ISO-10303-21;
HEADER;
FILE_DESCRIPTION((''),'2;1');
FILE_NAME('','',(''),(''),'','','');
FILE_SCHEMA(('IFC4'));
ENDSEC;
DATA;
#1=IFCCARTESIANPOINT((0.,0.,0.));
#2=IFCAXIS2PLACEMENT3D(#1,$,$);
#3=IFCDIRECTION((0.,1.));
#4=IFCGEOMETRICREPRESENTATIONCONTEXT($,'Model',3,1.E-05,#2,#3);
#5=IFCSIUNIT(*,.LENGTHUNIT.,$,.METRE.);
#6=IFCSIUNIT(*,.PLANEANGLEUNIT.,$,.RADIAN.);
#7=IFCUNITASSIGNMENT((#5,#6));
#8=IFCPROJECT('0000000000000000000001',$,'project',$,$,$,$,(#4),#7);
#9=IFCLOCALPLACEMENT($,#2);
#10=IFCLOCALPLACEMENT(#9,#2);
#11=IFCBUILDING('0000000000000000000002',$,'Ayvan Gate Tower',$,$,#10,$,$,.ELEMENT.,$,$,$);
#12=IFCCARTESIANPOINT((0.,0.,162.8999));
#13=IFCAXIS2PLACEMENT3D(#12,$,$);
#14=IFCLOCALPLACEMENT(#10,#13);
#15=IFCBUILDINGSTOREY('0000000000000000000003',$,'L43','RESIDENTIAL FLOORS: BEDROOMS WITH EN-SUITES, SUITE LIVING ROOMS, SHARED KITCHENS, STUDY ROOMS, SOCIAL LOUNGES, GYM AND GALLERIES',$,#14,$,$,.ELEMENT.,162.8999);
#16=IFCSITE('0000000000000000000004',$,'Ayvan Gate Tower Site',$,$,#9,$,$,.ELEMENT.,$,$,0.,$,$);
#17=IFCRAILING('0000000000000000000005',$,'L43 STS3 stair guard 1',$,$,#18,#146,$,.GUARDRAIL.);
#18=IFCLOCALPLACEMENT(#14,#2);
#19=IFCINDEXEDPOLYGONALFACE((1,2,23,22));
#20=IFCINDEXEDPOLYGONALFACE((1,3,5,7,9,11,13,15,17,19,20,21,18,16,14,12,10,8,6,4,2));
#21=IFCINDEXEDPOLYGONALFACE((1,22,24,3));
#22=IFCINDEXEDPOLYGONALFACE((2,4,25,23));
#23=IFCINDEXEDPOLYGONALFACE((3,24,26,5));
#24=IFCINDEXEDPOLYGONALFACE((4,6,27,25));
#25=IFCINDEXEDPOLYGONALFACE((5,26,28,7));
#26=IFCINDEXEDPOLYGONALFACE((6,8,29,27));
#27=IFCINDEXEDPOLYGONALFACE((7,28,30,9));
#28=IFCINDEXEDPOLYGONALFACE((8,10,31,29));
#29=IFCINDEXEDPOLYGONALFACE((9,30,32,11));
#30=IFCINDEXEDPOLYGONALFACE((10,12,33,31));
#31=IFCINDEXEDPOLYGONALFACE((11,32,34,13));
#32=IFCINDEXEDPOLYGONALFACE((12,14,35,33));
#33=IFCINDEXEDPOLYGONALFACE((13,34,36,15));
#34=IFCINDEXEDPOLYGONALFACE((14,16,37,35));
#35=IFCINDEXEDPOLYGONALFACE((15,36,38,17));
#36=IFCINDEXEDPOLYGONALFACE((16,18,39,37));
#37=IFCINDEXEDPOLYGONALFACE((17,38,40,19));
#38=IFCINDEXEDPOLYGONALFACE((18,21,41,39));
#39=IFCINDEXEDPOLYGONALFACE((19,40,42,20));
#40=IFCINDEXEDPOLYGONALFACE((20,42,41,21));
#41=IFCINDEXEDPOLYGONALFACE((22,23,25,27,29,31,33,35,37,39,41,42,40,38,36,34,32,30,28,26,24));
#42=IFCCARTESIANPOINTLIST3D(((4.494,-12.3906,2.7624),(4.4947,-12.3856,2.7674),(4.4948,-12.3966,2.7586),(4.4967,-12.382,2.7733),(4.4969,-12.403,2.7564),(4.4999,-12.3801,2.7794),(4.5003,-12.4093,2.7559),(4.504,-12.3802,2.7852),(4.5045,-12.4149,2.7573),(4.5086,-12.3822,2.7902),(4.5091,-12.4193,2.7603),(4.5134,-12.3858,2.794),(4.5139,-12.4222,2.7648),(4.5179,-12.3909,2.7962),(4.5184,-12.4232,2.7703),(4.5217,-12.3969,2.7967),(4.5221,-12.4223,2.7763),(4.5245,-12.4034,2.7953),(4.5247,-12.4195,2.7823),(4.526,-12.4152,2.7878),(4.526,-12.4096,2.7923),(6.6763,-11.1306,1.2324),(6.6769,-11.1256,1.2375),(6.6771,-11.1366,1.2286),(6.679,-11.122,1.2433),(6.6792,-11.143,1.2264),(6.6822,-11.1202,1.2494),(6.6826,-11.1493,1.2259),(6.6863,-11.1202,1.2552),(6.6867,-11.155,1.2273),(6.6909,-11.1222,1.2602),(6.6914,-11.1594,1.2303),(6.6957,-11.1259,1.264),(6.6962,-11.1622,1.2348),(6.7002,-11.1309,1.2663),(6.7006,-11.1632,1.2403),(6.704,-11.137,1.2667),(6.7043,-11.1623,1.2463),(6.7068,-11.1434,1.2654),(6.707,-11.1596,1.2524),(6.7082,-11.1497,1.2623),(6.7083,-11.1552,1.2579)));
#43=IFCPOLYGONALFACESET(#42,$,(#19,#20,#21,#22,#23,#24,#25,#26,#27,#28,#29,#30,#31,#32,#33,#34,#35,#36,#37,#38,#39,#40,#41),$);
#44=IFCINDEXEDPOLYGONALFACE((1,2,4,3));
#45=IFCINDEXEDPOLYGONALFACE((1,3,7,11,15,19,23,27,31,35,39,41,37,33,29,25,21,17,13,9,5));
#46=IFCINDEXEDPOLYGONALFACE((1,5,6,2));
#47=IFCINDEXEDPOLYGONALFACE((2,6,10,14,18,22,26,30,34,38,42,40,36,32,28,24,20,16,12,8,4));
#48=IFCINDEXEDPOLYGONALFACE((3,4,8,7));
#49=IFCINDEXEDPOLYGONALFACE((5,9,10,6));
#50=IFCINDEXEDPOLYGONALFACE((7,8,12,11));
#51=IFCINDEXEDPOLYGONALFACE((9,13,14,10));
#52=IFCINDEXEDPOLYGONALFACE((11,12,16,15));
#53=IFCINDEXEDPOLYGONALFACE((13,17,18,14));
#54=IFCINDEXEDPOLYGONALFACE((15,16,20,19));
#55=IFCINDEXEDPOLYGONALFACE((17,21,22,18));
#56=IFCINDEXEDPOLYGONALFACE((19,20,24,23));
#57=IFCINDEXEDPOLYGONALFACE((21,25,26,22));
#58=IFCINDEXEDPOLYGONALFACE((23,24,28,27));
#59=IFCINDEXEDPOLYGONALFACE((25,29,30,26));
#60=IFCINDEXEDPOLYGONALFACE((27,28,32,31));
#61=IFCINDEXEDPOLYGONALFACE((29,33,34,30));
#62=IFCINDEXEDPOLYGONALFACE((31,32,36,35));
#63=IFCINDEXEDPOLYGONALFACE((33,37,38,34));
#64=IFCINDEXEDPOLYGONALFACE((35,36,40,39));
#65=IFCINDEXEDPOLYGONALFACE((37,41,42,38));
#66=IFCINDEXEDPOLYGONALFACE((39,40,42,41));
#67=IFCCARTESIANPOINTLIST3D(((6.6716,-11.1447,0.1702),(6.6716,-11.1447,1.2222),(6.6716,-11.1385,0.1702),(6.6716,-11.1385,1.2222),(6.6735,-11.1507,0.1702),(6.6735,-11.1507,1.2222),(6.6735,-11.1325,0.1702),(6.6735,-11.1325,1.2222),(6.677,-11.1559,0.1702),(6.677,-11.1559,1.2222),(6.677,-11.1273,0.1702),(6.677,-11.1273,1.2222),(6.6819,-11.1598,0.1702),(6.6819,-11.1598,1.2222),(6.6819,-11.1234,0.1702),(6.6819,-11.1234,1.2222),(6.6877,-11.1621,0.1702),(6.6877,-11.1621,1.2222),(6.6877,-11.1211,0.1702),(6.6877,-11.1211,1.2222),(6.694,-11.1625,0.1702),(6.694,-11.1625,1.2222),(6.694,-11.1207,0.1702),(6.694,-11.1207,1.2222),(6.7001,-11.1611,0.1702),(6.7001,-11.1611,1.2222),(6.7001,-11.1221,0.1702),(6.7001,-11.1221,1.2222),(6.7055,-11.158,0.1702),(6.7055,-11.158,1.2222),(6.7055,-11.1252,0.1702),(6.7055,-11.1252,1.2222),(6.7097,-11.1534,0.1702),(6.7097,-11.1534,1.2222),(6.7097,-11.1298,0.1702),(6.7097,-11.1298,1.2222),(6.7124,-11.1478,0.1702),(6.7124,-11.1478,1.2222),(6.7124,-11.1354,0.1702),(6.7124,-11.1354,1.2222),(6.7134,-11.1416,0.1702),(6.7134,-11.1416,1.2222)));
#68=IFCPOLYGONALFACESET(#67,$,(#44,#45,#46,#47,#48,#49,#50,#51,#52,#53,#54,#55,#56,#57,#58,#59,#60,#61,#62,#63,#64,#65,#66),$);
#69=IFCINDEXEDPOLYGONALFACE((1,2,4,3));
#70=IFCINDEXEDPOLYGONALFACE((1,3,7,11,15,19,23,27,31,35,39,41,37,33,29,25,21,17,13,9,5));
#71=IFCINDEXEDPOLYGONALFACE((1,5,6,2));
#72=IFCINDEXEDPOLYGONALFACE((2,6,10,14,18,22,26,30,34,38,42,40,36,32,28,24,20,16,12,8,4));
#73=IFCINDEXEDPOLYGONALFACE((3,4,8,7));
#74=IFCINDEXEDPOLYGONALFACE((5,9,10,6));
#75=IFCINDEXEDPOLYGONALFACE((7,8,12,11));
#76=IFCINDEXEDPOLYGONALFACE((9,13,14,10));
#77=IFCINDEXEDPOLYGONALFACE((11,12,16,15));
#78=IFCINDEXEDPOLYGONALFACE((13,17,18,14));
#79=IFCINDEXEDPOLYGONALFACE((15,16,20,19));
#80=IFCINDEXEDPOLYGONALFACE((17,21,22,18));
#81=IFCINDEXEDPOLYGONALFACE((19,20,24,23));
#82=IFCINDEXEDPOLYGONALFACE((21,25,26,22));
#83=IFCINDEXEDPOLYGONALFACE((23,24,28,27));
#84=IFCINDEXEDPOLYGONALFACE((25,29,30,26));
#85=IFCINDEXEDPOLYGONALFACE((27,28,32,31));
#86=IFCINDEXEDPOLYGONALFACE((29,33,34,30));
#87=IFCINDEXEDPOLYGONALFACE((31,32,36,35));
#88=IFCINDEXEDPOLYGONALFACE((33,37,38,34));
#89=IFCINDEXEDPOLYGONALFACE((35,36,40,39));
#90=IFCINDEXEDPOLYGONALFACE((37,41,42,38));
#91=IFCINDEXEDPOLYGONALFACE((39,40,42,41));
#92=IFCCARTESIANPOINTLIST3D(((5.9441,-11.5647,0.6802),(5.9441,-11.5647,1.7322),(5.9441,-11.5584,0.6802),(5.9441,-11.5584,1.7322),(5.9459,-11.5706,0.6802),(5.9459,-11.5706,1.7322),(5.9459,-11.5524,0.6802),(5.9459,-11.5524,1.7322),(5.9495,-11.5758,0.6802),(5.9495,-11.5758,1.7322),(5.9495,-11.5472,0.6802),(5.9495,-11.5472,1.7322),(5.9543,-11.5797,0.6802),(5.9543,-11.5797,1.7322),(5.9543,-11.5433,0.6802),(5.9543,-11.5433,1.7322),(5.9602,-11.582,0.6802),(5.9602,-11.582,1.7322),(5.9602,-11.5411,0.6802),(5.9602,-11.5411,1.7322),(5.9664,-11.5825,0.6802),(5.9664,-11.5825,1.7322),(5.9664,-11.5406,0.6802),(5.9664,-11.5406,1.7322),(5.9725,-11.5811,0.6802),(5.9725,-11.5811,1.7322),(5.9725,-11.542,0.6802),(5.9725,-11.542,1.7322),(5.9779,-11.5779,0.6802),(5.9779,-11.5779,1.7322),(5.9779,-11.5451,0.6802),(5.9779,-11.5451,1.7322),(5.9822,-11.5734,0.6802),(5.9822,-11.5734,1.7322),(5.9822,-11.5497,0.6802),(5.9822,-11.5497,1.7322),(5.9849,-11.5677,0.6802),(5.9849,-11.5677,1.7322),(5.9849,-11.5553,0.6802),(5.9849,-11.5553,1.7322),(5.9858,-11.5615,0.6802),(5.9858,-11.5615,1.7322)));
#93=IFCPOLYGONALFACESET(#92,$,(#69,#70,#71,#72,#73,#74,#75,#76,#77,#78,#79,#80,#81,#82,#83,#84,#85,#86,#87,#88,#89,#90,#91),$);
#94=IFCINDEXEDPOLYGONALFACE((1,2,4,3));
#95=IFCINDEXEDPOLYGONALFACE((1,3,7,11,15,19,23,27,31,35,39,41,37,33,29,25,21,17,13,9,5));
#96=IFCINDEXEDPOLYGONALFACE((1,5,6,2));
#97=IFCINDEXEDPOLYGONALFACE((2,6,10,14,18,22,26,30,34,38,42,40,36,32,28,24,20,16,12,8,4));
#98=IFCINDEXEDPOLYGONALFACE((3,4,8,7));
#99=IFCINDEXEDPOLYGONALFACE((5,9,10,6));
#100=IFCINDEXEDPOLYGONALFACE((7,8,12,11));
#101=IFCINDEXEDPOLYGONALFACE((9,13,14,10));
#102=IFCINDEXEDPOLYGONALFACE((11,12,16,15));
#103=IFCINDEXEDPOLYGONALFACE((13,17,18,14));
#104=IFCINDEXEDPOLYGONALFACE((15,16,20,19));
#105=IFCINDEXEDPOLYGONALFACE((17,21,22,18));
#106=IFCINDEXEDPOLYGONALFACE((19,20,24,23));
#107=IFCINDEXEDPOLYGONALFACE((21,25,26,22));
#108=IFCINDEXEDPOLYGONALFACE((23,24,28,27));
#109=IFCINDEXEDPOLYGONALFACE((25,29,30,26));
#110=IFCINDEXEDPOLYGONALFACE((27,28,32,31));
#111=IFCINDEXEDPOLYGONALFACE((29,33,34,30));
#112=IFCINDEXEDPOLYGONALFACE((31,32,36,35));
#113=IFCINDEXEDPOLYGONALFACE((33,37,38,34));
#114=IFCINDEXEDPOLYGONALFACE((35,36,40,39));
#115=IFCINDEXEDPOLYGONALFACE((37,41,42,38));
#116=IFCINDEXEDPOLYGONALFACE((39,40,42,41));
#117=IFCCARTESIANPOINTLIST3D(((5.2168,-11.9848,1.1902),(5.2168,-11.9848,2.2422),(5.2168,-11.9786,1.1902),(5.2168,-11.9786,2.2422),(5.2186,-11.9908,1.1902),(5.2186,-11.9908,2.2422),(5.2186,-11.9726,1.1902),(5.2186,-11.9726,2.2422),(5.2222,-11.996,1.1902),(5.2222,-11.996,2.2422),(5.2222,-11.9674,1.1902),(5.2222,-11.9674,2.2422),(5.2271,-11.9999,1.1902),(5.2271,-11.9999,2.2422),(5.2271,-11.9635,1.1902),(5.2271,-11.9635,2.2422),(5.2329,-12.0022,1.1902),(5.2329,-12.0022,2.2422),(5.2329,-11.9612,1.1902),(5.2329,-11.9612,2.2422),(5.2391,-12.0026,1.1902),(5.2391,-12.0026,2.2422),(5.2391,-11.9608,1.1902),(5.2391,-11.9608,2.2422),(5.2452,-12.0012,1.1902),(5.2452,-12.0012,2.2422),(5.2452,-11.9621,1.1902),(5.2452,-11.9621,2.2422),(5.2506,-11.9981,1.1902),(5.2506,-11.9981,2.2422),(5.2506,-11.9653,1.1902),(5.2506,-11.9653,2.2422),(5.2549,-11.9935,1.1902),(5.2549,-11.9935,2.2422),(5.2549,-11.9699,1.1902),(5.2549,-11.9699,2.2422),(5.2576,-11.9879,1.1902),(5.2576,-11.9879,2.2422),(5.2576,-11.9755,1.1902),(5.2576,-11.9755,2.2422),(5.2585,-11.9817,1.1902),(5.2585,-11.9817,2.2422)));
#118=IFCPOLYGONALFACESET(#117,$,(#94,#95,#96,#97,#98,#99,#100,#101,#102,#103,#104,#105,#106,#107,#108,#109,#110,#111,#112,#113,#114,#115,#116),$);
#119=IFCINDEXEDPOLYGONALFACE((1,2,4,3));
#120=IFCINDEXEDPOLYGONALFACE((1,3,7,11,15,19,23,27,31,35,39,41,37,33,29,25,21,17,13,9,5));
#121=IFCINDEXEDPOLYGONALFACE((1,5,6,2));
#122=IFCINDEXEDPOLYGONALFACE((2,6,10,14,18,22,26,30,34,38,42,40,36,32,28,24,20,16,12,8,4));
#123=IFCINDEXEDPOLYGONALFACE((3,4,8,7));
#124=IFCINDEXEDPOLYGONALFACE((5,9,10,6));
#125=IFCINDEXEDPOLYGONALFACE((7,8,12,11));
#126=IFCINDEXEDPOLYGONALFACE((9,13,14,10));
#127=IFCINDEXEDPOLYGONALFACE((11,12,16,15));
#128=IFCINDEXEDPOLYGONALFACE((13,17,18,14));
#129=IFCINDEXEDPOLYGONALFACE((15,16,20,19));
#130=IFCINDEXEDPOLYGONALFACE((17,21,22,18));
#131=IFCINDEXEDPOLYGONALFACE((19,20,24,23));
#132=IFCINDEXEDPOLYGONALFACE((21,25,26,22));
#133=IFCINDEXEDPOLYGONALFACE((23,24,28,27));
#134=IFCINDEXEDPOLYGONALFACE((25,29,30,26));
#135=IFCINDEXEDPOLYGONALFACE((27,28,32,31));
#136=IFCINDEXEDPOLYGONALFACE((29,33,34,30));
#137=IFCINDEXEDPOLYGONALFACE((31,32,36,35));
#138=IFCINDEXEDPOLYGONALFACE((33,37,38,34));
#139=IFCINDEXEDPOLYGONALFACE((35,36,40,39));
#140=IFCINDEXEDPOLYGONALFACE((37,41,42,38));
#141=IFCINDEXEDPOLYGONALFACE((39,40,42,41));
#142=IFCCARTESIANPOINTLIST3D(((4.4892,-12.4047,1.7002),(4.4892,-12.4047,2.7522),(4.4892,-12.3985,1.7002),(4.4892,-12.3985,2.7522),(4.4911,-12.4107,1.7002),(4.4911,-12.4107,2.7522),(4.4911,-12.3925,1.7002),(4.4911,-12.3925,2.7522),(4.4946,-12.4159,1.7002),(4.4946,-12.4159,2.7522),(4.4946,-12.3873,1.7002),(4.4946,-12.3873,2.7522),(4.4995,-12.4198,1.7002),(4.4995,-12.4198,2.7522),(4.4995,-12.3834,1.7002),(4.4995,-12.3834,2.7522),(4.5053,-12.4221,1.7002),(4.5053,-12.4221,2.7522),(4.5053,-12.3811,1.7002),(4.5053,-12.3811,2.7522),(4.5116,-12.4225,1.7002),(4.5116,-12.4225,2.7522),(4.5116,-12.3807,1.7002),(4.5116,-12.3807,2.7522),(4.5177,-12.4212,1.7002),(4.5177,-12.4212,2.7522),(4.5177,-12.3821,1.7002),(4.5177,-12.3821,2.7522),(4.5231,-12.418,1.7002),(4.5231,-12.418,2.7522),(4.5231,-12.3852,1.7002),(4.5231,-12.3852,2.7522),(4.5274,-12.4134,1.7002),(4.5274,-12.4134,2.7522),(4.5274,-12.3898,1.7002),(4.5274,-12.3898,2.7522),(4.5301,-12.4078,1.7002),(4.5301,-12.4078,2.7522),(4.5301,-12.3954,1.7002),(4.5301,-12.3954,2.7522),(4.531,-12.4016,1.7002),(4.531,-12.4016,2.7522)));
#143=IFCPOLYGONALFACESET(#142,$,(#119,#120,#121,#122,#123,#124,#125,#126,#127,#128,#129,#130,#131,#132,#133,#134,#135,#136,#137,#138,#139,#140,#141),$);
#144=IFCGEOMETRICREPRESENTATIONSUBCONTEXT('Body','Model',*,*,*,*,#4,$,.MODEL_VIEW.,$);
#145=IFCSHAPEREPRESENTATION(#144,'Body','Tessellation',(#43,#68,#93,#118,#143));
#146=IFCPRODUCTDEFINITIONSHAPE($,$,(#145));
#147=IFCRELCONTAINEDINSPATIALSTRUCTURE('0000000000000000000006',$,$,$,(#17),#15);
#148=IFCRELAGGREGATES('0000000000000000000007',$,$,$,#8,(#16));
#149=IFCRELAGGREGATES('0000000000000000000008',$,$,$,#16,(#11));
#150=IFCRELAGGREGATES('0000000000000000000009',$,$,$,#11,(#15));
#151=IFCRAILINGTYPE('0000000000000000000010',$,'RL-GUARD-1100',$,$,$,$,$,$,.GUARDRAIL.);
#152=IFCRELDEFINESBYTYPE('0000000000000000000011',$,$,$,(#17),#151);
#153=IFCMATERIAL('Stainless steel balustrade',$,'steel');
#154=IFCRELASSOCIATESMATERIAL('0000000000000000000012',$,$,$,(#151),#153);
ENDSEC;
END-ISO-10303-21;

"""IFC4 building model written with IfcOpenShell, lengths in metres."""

from ifc_helpers import new_model, si_unit, direction, frame, origin, origin_2d, place, context, subcontext, project, spatial, circle, extrude, material, type_object, element, save


model = new_model("IFC4")

# Units and contexts
model_context = context("Model", 3, precision=1e-05, world=origin(), true_north=direction((0.0, 1.0)))
body_context = subcontext(model_context, "Body", "Model", "MODEL_VIEW")
ifc_project = project(units=[si_unit("LENGTHUNIT", "METRE"), si_unit("PLANEANGLEUNIT", "RADIAN")], contexts=[model_context])

# Site, building, storey
site_placement = place(None, origin())
site = spatial("IfcSite", under=ifc_project, at=site_placement, Name="Ayvan Gate Tower Site", CompositionType="ELEMENT", RefElevation=0.0)
building_placement = place(site_placement, origin())
building = spatial("IfcBuilding", under=site, at=building_placement, Name="Ayvan Gate Tower", CompositionType="ELEMENT")
storey_placement = place(building_placement, frame((0.0, 0.0, 162.8999)))
storey = spatial("IfcBuildingStorey", under=building, at=storey_placement, Name="L43", Description="RESIDENTIAL FLOORS: BEDROOMS WITH EN-SUITES, SUITE LIVING ROOMS, SHARED KITCHENS, STUDY ROOMS, SOCIAL LOUNGES, GYM AND GALLERIES", CompositionType="ELEMENT", Elevation=162.8999)

# Railing
ifc_material_1 = material(Name="Stainless steel balustrade", Category="steel")
railing_type_1 = type_object("IfcRailingType", Name="RL-GUARD-1100", PredefinedType="GUARDRAIL", material=ifc_material_1)
railing_1_placement = place(storey_placement, frame((6.6924, -11.1416, 0.1702)))
element("IfcRailing", 1, at=railing_1_placement, inside=storey, type_object=railing_type_1, Name="L43 STS3 stair guard 1", PredefinedType="GUARDRAIL", context=body_context, shape_type="SweptSolid", body=[
    extrude(circle(Radius=0.0239, at=origin_2d()), frame((0.0, 0.0, 1.0762), z_axis=(-0.740261, -0.427395, 0.518986), x_axis=(0.500005, -0.866023, 0.0)), (0.0, 0.0, 1.0), 2.948),
    extrude(circle(Radius=0.021, at=origin_2d()), origin(), (0.0, 0.0, 1.0), 1.052),
    extrude(circle(Radius=0.021, at=origin_2d()), frame((-0.7275, -0.4199, 0.51)), (0.0, 0.0, 1.0), 1.052),
    extrude(circle(Radius=0.021, at=origin_2d()), frame((-1.4548, -0.8401, 1.02)), (0.0, 0.0, 1.0), 1.052),
    extrude(circle(Radius=0.021, at=origin_2d()), frame((-2.1824, -1.26, 1.53)), (0.0, 0.0, 1.0), 1.052),
])

save(model, "model.ifc")
